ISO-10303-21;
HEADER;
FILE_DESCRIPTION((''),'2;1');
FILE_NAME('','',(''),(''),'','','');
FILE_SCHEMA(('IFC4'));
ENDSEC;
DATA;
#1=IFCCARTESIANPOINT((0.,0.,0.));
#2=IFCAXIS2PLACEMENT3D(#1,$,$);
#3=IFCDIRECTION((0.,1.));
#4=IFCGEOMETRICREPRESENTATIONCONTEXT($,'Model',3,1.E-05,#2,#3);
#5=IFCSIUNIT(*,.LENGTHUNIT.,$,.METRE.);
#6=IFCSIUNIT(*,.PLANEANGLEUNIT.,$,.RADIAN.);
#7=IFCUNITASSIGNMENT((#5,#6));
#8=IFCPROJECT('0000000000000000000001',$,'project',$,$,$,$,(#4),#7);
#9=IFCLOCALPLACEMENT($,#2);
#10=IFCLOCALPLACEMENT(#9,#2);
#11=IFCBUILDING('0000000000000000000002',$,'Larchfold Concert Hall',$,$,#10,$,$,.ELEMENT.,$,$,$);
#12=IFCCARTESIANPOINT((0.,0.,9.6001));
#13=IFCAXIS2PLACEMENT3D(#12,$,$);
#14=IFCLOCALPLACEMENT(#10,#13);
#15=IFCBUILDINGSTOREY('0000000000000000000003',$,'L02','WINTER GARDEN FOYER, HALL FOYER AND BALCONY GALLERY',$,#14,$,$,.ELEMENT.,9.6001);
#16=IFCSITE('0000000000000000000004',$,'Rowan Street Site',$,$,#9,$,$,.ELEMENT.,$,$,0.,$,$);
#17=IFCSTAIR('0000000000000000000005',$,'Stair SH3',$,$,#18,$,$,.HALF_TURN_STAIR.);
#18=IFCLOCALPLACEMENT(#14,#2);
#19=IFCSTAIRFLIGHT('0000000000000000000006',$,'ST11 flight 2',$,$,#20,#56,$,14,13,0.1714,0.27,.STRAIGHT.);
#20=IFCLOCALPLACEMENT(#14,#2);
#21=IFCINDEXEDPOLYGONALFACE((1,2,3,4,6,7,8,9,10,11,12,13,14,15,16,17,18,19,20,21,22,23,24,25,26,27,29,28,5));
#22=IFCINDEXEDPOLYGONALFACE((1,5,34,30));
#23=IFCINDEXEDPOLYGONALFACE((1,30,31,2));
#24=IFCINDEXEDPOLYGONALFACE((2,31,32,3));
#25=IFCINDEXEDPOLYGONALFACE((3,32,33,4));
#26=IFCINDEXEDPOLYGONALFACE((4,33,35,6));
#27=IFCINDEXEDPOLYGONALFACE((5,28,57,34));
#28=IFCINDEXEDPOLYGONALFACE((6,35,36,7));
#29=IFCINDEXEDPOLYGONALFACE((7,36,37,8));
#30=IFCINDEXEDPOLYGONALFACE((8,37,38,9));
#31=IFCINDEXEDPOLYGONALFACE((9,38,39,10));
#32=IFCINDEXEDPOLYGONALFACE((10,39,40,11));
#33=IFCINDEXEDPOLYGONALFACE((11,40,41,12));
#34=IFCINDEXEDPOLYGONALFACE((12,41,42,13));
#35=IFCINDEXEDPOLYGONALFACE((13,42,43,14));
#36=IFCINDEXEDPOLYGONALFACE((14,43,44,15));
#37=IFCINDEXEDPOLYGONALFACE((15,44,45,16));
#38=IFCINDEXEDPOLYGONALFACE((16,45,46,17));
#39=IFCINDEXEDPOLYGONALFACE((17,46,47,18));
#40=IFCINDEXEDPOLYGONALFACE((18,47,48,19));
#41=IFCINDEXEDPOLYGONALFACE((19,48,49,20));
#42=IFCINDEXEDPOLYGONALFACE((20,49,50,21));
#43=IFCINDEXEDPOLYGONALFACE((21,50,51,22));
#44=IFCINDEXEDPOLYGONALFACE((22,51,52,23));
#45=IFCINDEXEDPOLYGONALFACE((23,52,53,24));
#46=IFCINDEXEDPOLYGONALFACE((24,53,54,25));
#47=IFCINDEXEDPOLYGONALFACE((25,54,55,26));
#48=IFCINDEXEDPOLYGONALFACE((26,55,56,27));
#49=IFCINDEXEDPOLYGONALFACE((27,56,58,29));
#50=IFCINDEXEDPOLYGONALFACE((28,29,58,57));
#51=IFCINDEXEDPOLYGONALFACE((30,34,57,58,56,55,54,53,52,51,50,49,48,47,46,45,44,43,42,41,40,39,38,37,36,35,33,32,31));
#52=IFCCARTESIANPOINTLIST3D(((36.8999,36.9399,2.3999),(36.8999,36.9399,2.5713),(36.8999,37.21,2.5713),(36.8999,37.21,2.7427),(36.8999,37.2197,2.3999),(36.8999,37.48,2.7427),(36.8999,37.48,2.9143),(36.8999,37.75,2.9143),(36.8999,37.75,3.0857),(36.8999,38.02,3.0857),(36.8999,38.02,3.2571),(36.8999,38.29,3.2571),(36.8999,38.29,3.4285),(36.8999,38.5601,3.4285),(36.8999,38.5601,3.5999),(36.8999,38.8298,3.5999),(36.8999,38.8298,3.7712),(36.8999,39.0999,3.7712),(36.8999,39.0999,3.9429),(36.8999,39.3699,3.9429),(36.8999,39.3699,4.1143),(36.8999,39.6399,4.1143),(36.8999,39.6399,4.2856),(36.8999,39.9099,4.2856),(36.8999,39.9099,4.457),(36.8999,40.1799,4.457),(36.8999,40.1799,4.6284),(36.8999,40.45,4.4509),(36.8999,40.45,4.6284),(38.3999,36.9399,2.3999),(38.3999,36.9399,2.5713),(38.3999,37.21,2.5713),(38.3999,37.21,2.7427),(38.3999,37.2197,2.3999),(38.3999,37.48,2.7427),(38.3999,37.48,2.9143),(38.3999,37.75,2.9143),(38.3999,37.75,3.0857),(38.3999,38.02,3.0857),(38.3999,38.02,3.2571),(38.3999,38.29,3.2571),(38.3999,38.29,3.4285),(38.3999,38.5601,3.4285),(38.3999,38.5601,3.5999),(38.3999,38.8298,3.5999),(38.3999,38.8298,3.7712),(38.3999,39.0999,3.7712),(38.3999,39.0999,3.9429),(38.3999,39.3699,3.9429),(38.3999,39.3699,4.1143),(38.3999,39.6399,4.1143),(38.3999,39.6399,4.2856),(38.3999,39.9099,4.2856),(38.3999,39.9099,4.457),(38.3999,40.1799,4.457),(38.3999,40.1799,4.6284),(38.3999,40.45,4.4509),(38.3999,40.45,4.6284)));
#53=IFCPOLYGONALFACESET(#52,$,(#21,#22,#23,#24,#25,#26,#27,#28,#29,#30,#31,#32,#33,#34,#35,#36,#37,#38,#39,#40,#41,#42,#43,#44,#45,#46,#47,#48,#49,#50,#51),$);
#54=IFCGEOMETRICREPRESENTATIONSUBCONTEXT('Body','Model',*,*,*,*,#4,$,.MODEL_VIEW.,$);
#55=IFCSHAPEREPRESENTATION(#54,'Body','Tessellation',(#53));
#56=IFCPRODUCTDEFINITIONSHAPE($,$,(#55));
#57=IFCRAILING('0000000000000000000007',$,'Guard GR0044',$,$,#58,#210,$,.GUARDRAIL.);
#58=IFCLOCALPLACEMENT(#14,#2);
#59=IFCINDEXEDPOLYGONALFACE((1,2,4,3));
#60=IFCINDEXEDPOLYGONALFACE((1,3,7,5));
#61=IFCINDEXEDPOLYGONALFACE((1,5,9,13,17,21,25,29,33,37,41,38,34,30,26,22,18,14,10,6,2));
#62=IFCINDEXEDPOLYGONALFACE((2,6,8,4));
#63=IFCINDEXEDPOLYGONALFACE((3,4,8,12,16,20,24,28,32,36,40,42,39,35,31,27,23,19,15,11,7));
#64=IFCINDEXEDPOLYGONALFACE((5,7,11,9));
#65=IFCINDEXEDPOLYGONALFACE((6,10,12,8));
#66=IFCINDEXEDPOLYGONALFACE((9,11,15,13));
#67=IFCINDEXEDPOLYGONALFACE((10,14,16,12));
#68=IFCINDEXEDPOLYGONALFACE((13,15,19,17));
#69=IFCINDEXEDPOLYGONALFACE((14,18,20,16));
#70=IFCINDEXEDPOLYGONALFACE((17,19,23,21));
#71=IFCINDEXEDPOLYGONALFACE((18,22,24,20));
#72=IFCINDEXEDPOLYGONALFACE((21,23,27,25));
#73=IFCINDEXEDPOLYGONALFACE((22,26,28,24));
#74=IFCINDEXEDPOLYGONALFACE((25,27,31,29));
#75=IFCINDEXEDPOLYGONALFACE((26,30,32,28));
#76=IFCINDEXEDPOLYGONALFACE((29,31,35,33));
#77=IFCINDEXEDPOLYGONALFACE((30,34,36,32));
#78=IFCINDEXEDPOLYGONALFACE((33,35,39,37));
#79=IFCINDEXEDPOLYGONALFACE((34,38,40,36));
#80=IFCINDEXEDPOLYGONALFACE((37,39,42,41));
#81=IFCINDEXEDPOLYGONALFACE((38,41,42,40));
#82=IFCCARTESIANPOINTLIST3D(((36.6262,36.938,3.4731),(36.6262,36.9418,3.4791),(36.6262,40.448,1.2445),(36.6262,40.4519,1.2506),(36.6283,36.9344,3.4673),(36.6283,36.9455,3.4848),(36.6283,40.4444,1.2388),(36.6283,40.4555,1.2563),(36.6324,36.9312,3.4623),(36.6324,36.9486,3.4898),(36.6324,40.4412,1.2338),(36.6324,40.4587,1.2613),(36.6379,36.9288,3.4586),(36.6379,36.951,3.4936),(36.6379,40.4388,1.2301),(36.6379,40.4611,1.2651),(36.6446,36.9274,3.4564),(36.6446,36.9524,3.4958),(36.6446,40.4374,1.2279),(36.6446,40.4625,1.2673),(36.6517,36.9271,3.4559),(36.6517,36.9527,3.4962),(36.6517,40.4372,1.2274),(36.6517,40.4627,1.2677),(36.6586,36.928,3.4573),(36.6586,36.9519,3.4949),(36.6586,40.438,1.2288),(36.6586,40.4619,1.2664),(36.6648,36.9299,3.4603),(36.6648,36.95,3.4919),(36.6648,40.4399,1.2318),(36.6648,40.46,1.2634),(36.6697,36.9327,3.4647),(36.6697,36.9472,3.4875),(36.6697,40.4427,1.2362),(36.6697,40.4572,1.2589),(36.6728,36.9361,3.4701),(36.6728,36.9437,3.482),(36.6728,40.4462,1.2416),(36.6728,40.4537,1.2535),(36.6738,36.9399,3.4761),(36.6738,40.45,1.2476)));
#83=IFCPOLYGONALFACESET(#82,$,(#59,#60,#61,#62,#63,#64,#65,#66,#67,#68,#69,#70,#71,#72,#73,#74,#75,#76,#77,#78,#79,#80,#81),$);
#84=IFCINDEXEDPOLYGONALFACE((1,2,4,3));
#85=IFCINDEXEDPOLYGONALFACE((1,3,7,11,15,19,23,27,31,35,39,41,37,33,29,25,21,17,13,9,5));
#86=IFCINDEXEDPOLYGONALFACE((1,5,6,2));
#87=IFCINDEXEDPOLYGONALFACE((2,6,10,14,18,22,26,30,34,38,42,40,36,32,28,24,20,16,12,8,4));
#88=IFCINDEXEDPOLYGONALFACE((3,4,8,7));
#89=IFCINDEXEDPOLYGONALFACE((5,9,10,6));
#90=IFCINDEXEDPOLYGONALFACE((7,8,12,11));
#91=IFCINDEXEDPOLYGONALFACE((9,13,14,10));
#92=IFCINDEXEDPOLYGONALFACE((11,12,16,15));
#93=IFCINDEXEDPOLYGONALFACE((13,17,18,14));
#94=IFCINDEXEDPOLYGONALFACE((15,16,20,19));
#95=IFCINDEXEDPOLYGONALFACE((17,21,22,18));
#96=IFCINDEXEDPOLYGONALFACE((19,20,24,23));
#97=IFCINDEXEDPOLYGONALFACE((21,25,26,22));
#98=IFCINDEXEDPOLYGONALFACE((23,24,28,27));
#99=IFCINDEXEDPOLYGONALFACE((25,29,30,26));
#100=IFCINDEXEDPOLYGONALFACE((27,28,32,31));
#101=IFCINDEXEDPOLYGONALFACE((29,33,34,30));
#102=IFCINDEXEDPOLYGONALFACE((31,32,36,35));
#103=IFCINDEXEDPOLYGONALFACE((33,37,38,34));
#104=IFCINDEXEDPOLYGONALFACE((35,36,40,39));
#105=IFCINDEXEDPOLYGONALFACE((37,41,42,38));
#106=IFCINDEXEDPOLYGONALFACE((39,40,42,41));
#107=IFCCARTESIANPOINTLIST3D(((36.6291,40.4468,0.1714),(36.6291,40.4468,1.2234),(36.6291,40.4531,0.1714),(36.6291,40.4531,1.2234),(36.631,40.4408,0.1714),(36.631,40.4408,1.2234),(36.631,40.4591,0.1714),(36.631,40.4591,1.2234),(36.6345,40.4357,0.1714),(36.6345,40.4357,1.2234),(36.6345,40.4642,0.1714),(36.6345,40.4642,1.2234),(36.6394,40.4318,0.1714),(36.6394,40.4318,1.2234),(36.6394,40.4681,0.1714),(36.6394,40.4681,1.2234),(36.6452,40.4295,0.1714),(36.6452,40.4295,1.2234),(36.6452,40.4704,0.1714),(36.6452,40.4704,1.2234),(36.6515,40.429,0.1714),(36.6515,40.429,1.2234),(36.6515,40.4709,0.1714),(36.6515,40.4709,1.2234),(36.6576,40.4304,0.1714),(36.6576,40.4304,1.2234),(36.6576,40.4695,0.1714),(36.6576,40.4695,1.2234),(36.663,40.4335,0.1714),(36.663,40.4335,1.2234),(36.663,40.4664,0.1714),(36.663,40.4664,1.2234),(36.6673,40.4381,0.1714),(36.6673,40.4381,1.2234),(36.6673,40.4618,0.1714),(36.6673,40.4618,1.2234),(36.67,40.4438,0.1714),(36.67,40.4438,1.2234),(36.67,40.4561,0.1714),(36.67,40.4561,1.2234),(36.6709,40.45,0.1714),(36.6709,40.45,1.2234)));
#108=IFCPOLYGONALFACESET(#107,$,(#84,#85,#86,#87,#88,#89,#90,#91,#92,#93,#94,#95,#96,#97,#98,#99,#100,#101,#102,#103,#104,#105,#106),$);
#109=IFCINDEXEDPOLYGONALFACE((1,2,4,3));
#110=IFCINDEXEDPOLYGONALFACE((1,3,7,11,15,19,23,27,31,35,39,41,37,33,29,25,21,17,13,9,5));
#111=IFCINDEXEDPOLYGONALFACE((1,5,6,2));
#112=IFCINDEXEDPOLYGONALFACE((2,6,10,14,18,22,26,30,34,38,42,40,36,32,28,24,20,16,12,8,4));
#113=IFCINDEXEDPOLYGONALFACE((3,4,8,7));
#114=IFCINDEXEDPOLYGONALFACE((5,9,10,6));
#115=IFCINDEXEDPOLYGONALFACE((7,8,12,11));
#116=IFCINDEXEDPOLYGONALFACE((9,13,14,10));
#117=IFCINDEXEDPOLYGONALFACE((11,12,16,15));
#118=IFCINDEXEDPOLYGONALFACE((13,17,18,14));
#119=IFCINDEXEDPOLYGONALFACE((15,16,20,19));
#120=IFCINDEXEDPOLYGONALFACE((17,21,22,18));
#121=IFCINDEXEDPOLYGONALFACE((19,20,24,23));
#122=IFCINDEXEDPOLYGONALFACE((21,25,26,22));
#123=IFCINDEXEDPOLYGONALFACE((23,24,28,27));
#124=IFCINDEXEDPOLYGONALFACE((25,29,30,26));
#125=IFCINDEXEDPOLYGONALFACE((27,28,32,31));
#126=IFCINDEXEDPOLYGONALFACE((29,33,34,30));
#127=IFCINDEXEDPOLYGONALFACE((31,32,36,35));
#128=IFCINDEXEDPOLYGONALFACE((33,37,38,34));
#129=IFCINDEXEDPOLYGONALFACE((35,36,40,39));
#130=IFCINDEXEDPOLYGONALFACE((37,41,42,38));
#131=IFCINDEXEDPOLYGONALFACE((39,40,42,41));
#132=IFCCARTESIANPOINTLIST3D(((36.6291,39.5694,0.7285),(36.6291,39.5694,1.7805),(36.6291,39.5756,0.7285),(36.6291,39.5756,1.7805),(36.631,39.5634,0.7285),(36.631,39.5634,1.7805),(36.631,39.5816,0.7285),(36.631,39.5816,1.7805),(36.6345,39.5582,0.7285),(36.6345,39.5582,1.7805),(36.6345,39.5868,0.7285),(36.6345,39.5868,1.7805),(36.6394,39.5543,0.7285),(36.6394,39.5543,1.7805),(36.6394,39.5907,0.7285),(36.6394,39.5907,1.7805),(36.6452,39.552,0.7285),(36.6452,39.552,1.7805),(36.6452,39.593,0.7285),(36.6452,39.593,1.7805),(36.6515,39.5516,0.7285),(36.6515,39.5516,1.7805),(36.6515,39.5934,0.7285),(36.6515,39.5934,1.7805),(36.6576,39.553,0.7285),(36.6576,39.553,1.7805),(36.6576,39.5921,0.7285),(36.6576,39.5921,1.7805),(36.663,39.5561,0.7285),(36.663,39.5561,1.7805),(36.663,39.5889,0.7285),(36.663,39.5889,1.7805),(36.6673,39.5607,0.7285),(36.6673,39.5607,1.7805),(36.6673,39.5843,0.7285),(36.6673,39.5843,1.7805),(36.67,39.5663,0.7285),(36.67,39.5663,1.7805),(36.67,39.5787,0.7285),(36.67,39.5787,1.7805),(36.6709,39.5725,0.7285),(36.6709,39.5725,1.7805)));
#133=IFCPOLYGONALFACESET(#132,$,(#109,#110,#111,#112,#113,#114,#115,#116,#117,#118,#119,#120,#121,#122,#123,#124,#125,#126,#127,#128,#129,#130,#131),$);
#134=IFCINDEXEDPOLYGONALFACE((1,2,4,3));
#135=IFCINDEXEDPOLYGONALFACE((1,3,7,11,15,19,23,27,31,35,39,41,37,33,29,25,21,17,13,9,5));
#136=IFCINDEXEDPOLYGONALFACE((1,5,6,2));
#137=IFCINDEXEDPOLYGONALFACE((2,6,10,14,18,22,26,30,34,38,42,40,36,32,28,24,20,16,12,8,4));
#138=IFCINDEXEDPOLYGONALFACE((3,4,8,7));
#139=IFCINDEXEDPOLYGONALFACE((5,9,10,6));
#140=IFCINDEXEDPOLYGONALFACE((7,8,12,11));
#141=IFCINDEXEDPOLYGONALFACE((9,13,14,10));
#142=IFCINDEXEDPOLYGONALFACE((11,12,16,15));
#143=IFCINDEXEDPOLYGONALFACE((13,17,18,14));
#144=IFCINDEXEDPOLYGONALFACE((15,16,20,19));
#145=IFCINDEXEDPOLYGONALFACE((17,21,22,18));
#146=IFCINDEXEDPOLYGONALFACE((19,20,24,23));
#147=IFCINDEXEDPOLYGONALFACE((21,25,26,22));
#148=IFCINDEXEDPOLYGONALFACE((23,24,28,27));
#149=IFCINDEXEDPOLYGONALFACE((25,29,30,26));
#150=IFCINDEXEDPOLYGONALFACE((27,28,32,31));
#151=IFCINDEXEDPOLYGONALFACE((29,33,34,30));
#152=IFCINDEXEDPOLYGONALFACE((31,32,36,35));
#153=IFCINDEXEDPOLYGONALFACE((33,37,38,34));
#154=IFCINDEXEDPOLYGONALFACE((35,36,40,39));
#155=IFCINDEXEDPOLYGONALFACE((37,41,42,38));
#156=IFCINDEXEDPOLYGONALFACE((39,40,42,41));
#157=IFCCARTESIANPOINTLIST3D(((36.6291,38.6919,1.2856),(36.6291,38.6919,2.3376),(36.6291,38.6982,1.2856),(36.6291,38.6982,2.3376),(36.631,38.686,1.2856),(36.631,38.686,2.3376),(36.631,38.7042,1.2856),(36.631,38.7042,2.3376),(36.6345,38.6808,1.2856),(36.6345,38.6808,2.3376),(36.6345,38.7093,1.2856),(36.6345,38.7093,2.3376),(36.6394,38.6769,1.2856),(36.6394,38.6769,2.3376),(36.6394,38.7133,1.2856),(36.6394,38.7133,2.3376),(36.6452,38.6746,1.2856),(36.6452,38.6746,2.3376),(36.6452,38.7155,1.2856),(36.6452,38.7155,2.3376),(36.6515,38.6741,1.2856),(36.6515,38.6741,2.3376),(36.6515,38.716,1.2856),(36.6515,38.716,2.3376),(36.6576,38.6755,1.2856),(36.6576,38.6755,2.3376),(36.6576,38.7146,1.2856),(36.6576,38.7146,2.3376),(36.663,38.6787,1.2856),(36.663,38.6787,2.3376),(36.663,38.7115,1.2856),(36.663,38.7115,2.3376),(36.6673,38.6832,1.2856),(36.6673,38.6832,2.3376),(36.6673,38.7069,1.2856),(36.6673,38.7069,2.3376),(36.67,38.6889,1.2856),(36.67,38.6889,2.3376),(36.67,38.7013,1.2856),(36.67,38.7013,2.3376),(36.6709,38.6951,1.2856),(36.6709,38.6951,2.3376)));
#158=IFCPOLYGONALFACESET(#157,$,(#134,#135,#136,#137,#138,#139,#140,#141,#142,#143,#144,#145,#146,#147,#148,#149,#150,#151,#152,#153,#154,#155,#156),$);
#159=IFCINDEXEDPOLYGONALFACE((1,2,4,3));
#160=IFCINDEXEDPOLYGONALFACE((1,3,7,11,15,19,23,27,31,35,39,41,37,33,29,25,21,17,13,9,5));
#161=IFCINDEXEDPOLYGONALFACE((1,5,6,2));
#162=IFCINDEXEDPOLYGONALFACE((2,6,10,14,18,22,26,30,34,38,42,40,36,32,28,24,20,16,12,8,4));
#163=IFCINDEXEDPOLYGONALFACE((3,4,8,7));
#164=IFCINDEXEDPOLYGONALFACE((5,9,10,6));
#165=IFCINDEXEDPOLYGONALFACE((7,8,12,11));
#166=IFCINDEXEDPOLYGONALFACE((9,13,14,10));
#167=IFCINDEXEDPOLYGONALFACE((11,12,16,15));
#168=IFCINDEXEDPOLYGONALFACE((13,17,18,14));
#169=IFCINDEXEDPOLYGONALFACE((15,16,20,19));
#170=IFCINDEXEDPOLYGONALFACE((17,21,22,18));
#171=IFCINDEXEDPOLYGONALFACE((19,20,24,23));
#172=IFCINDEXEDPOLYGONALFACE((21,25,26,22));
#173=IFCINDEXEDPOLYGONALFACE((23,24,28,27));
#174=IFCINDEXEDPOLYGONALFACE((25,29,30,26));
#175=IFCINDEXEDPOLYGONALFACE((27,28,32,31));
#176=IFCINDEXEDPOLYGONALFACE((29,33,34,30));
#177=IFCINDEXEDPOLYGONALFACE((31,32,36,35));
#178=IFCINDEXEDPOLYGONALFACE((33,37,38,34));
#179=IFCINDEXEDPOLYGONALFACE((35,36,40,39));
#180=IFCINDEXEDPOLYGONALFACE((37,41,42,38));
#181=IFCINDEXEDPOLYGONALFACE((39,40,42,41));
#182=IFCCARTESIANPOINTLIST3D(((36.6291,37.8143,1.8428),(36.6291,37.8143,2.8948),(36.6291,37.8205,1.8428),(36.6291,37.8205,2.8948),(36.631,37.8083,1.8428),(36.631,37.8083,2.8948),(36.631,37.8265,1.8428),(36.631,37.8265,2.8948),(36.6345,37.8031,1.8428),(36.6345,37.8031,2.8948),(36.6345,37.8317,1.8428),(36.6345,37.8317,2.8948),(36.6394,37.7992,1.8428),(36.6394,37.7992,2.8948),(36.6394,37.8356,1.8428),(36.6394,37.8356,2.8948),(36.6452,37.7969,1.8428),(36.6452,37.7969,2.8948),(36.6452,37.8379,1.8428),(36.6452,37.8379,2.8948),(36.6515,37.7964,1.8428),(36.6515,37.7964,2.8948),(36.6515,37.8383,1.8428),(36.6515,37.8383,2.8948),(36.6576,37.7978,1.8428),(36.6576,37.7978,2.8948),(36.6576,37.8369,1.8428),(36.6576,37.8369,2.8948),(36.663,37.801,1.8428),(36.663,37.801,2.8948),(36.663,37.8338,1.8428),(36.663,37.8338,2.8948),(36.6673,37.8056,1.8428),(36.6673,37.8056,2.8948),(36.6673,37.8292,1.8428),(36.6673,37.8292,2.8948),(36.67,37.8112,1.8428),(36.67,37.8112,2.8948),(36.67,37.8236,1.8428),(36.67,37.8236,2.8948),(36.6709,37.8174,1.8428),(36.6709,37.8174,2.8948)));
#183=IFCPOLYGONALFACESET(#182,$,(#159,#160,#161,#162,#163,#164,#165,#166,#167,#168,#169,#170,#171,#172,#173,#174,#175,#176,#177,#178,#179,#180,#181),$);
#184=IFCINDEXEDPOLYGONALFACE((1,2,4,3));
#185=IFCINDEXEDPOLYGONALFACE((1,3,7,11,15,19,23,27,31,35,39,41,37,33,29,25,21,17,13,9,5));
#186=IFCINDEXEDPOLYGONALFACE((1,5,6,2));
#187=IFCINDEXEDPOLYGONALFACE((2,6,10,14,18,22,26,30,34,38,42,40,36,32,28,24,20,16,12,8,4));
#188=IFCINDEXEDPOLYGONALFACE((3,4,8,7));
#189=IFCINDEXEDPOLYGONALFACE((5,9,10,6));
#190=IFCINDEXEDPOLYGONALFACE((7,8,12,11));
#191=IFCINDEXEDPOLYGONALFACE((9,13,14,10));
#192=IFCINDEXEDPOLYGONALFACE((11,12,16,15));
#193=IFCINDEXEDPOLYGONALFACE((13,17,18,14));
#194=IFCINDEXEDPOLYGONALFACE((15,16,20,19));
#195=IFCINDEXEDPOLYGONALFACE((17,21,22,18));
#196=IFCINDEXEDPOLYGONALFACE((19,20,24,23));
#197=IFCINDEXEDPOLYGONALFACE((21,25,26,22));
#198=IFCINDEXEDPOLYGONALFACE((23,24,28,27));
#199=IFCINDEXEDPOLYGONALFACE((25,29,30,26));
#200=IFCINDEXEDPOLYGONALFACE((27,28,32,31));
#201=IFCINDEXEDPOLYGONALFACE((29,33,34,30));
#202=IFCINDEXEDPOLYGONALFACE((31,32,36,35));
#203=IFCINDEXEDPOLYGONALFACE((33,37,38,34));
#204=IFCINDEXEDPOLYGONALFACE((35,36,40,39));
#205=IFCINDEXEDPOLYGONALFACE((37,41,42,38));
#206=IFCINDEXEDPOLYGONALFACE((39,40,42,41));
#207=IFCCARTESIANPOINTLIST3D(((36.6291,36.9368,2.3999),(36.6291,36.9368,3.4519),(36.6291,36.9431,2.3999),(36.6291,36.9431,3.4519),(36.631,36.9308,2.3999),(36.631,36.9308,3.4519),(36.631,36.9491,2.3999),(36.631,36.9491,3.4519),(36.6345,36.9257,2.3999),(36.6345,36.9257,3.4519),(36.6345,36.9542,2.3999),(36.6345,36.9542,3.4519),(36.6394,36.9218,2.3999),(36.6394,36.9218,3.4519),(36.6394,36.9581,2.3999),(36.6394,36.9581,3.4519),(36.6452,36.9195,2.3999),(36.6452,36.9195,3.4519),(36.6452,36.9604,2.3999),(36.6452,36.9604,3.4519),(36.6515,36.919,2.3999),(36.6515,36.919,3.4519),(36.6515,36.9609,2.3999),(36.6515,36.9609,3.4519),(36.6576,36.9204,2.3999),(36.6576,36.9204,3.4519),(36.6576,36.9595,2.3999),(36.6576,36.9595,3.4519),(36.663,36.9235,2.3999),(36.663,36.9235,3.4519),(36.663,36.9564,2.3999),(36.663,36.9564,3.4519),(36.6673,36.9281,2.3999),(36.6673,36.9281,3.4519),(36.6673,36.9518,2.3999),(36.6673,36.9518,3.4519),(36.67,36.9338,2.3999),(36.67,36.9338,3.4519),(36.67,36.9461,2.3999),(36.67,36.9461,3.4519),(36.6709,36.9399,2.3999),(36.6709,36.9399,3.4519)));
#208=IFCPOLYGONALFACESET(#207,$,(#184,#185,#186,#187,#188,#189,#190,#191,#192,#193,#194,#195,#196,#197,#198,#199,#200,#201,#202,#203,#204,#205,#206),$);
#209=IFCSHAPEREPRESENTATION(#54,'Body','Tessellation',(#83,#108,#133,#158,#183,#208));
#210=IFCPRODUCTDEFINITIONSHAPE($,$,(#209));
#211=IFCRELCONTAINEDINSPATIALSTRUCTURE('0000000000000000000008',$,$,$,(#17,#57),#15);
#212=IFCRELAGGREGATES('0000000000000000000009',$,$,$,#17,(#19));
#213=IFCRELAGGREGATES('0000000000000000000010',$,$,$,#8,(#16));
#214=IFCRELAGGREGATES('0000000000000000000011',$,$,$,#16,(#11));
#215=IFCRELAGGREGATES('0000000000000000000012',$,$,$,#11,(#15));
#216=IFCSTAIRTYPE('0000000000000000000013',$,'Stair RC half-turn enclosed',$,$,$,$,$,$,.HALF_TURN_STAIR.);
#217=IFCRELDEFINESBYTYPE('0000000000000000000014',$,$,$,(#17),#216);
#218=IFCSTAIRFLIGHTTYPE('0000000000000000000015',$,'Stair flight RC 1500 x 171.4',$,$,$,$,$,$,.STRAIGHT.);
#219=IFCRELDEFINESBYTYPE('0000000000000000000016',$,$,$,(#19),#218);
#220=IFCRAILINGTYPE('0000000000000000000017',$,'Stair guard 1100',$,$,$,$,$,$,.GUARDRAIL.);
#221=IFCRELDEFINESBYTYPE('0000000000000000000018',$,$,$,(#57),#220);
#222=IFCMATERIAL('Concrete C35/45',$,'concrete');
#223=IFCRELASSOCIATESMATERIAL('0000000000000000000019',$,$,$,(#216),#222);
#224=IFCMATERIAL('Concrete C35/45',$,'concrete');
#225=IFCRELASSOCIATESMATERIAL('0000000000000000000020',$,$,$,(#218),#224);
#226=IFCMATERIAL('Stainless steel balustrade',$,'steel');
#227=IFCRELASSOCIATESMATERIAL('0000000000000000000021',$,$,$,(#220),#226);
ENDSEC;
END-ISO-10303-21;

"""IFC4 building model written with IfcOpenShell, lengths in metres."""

from ifc_helpers import new_model, si_unit, direction, frame, origin, origin_2d, place, context, subcontext, project, spatial, polyline, circle, outline, extrude, material, type_object, element, aggregate, save


model = new_model("IFC4")

# Units and contexts
model_context = context("Model", 3, precision=1e-05, world=origin(), true_north=direction((0.0, 1.0)))
body_context = subcontext(model_context, "Body", "Model", "MODEL_VIEW")
ifc_project = project(units=[si_unit("LENGTHUNIT", "METRE"), si_unit("PLANEANGLEUNIT", "RADIAN")], contexts=[model_context])

# Site, building, storey
site_placement = place(None, origin())
site = spatial("IfcSite", under=ifc_project, at=site_placement, Name="Rowan Street Site", CompositionType="ELEMENT", RefElevation=0.0)
building_placement = place(site_placement, origin())
building = spatial("IfcBuilding", under=site, at=building_placement, Name="Larchfold Concert Hall", CompositionType="ELEMENT")
storey_placement = place(building_placement, frame((0.0, 0.0, 9.6001)))
storey = spatial("IfcBuildingStorey", under=building, at=storey_placement, Name="L02", Description="WINTER GARDEN FOYER, HALL FOYER AND BALCONY GALLERY", CompositionType="ELEMENT", Elevation=9.6001)

# Stair, stair flight
ifc_material_1 = material(Name="Concrete C35/45", Category="concrete")
stair_type = type_object("IfcStairType", Name="Stair RC half-turn enclosed", PredefinedType="HALF_TURN_STAIR", material=ifc_material_1)
stair_placement = place(storey_placement, origin())
stair = element("IfcStair", 1, at=stair_placement, inside=storey, type_object=stair_type, Name="Stair SH3", PredefinedType="HALF_TURN_STAIR")
ifc_material_2 = material(Name="Concrete C35/45", Category="concrete")
stair_flight_type = type_object("IfcStairFlightType", Name="Stair flight RC 1500 x 171.4", PredefinedType="STRAIGHT", material=ifc_material_2)
stair_flight_1_placement = place(storey_placement, frame((37.6499, 36.9399, 2.3999), z_axis=(0.0, 0.0, 1.0), x_axis=(0.0, 1.0, 0.0)))
stair_flight_1 = element("IfcStairFlight", 2, at=stair_flight_1_placement, type_object=stair_flight_type, Name="ST11 flight 2", NumberOfRisers=14, NumberOfTreads=13, PredefinedType="STRAIGHT", RiserHeight=0.1714, TreadLength=0.27, context=body_context, shape_type="SweptSolid", body=[
    extrude(outline(polyline([(0.0, 0.0), (0.0, 0.1714), (0.27, 0.1714), (0.27, 0.3428), (0.54, 0.3428), (0.54, 0.5144), (0.8101, 0.5144), (0.8101, 0.6858), (1.0801, 0.6858), (1.0801, 0.8572), (1.3501, 0.8572), (1.3501, 1.0286), (1.6201, 1.0286), (1.6201, 1.2), (1.8899, 1.2), (1.8899, 1.3713), (2.1599, 1.3713), (2.1599, 1.543), (2.4299, 1.543), (2.4299, 1.7144), (2.7, 1.7144), (2.7, 1.8857), (2.97, 1.8857), (2.97, 2.0571), (3.24, 2.0571), (3.24, 2.2285), (3.51, 2.2285), (3.51, 2.3999), (3.51, 2.051), (0.2798, 0.0), (0.0, 0.0)])), frame((0.0, 0.75, 0.0), z_axis=(0.0, -1.0, 0.0), x_axis=(1.0, 0.0, 0.0)), (0.0, 0.0, 1.0), 1.5),
])
aggregate(stair, [stair_flight_1])

# Railing
ifc_material_3 = material(Name="Stainless steel balustrade", Category="steel")
railing_type_1 = type_object("IfcRailingType", Name="Stair guard 1100", PredefinedType="GUARDRAIL", material=ifc_material_3)
railing_1_placement = place(storey_placement, frame((36.6499, 40.45, 0.1714)))
element("IfcRailing", 3, at=railing_1_placement, inside=storey, type_object=railing_type_1, Name="Guard GR0044", PredefinedType="GUARDRAIL", context=body_context, shape_type="SweptSolid", body=[
    extrude(circle(Radius=0.0239, at=origin_2d()), frame((0.0, 0.0, 1.0762), z_axis=(0.0, -0.84422, 0.535998), x_axis=(1.0, 0.0, 0.0)), (0.0, 0.0, 1.0), 4.1577),
    extrude(circle(Radius=0.021, at=origin_2d()), origin(), (0.0, 0.0, 1.0), 1.052),
    extrude(circle(Radius=0.021, at=origin_2d()), frame((0.0, -0.8774, 0.5571)), (0.0, 0.0, 1.0), 1.052),
    extrude(circle(Radius=0.021, at=origin_2d()), frame((0.0, -1.7549, 1.1143)), (0.0, 0.0, 1.0), 1.052),
    extrude(circle(Radius=0.021, at=origin_2d()), frame((0.0, -2.6326, 1.6714)), (0.0, 0.0, 1.0), 1.052),
    extrude(circle(Radius=0.021, at=origin_2d()), frame((0.0, -3.51, 2.2285)), (0.0, 0.0, 1.0), 1.052),
])

save(model, "model.ifc")
